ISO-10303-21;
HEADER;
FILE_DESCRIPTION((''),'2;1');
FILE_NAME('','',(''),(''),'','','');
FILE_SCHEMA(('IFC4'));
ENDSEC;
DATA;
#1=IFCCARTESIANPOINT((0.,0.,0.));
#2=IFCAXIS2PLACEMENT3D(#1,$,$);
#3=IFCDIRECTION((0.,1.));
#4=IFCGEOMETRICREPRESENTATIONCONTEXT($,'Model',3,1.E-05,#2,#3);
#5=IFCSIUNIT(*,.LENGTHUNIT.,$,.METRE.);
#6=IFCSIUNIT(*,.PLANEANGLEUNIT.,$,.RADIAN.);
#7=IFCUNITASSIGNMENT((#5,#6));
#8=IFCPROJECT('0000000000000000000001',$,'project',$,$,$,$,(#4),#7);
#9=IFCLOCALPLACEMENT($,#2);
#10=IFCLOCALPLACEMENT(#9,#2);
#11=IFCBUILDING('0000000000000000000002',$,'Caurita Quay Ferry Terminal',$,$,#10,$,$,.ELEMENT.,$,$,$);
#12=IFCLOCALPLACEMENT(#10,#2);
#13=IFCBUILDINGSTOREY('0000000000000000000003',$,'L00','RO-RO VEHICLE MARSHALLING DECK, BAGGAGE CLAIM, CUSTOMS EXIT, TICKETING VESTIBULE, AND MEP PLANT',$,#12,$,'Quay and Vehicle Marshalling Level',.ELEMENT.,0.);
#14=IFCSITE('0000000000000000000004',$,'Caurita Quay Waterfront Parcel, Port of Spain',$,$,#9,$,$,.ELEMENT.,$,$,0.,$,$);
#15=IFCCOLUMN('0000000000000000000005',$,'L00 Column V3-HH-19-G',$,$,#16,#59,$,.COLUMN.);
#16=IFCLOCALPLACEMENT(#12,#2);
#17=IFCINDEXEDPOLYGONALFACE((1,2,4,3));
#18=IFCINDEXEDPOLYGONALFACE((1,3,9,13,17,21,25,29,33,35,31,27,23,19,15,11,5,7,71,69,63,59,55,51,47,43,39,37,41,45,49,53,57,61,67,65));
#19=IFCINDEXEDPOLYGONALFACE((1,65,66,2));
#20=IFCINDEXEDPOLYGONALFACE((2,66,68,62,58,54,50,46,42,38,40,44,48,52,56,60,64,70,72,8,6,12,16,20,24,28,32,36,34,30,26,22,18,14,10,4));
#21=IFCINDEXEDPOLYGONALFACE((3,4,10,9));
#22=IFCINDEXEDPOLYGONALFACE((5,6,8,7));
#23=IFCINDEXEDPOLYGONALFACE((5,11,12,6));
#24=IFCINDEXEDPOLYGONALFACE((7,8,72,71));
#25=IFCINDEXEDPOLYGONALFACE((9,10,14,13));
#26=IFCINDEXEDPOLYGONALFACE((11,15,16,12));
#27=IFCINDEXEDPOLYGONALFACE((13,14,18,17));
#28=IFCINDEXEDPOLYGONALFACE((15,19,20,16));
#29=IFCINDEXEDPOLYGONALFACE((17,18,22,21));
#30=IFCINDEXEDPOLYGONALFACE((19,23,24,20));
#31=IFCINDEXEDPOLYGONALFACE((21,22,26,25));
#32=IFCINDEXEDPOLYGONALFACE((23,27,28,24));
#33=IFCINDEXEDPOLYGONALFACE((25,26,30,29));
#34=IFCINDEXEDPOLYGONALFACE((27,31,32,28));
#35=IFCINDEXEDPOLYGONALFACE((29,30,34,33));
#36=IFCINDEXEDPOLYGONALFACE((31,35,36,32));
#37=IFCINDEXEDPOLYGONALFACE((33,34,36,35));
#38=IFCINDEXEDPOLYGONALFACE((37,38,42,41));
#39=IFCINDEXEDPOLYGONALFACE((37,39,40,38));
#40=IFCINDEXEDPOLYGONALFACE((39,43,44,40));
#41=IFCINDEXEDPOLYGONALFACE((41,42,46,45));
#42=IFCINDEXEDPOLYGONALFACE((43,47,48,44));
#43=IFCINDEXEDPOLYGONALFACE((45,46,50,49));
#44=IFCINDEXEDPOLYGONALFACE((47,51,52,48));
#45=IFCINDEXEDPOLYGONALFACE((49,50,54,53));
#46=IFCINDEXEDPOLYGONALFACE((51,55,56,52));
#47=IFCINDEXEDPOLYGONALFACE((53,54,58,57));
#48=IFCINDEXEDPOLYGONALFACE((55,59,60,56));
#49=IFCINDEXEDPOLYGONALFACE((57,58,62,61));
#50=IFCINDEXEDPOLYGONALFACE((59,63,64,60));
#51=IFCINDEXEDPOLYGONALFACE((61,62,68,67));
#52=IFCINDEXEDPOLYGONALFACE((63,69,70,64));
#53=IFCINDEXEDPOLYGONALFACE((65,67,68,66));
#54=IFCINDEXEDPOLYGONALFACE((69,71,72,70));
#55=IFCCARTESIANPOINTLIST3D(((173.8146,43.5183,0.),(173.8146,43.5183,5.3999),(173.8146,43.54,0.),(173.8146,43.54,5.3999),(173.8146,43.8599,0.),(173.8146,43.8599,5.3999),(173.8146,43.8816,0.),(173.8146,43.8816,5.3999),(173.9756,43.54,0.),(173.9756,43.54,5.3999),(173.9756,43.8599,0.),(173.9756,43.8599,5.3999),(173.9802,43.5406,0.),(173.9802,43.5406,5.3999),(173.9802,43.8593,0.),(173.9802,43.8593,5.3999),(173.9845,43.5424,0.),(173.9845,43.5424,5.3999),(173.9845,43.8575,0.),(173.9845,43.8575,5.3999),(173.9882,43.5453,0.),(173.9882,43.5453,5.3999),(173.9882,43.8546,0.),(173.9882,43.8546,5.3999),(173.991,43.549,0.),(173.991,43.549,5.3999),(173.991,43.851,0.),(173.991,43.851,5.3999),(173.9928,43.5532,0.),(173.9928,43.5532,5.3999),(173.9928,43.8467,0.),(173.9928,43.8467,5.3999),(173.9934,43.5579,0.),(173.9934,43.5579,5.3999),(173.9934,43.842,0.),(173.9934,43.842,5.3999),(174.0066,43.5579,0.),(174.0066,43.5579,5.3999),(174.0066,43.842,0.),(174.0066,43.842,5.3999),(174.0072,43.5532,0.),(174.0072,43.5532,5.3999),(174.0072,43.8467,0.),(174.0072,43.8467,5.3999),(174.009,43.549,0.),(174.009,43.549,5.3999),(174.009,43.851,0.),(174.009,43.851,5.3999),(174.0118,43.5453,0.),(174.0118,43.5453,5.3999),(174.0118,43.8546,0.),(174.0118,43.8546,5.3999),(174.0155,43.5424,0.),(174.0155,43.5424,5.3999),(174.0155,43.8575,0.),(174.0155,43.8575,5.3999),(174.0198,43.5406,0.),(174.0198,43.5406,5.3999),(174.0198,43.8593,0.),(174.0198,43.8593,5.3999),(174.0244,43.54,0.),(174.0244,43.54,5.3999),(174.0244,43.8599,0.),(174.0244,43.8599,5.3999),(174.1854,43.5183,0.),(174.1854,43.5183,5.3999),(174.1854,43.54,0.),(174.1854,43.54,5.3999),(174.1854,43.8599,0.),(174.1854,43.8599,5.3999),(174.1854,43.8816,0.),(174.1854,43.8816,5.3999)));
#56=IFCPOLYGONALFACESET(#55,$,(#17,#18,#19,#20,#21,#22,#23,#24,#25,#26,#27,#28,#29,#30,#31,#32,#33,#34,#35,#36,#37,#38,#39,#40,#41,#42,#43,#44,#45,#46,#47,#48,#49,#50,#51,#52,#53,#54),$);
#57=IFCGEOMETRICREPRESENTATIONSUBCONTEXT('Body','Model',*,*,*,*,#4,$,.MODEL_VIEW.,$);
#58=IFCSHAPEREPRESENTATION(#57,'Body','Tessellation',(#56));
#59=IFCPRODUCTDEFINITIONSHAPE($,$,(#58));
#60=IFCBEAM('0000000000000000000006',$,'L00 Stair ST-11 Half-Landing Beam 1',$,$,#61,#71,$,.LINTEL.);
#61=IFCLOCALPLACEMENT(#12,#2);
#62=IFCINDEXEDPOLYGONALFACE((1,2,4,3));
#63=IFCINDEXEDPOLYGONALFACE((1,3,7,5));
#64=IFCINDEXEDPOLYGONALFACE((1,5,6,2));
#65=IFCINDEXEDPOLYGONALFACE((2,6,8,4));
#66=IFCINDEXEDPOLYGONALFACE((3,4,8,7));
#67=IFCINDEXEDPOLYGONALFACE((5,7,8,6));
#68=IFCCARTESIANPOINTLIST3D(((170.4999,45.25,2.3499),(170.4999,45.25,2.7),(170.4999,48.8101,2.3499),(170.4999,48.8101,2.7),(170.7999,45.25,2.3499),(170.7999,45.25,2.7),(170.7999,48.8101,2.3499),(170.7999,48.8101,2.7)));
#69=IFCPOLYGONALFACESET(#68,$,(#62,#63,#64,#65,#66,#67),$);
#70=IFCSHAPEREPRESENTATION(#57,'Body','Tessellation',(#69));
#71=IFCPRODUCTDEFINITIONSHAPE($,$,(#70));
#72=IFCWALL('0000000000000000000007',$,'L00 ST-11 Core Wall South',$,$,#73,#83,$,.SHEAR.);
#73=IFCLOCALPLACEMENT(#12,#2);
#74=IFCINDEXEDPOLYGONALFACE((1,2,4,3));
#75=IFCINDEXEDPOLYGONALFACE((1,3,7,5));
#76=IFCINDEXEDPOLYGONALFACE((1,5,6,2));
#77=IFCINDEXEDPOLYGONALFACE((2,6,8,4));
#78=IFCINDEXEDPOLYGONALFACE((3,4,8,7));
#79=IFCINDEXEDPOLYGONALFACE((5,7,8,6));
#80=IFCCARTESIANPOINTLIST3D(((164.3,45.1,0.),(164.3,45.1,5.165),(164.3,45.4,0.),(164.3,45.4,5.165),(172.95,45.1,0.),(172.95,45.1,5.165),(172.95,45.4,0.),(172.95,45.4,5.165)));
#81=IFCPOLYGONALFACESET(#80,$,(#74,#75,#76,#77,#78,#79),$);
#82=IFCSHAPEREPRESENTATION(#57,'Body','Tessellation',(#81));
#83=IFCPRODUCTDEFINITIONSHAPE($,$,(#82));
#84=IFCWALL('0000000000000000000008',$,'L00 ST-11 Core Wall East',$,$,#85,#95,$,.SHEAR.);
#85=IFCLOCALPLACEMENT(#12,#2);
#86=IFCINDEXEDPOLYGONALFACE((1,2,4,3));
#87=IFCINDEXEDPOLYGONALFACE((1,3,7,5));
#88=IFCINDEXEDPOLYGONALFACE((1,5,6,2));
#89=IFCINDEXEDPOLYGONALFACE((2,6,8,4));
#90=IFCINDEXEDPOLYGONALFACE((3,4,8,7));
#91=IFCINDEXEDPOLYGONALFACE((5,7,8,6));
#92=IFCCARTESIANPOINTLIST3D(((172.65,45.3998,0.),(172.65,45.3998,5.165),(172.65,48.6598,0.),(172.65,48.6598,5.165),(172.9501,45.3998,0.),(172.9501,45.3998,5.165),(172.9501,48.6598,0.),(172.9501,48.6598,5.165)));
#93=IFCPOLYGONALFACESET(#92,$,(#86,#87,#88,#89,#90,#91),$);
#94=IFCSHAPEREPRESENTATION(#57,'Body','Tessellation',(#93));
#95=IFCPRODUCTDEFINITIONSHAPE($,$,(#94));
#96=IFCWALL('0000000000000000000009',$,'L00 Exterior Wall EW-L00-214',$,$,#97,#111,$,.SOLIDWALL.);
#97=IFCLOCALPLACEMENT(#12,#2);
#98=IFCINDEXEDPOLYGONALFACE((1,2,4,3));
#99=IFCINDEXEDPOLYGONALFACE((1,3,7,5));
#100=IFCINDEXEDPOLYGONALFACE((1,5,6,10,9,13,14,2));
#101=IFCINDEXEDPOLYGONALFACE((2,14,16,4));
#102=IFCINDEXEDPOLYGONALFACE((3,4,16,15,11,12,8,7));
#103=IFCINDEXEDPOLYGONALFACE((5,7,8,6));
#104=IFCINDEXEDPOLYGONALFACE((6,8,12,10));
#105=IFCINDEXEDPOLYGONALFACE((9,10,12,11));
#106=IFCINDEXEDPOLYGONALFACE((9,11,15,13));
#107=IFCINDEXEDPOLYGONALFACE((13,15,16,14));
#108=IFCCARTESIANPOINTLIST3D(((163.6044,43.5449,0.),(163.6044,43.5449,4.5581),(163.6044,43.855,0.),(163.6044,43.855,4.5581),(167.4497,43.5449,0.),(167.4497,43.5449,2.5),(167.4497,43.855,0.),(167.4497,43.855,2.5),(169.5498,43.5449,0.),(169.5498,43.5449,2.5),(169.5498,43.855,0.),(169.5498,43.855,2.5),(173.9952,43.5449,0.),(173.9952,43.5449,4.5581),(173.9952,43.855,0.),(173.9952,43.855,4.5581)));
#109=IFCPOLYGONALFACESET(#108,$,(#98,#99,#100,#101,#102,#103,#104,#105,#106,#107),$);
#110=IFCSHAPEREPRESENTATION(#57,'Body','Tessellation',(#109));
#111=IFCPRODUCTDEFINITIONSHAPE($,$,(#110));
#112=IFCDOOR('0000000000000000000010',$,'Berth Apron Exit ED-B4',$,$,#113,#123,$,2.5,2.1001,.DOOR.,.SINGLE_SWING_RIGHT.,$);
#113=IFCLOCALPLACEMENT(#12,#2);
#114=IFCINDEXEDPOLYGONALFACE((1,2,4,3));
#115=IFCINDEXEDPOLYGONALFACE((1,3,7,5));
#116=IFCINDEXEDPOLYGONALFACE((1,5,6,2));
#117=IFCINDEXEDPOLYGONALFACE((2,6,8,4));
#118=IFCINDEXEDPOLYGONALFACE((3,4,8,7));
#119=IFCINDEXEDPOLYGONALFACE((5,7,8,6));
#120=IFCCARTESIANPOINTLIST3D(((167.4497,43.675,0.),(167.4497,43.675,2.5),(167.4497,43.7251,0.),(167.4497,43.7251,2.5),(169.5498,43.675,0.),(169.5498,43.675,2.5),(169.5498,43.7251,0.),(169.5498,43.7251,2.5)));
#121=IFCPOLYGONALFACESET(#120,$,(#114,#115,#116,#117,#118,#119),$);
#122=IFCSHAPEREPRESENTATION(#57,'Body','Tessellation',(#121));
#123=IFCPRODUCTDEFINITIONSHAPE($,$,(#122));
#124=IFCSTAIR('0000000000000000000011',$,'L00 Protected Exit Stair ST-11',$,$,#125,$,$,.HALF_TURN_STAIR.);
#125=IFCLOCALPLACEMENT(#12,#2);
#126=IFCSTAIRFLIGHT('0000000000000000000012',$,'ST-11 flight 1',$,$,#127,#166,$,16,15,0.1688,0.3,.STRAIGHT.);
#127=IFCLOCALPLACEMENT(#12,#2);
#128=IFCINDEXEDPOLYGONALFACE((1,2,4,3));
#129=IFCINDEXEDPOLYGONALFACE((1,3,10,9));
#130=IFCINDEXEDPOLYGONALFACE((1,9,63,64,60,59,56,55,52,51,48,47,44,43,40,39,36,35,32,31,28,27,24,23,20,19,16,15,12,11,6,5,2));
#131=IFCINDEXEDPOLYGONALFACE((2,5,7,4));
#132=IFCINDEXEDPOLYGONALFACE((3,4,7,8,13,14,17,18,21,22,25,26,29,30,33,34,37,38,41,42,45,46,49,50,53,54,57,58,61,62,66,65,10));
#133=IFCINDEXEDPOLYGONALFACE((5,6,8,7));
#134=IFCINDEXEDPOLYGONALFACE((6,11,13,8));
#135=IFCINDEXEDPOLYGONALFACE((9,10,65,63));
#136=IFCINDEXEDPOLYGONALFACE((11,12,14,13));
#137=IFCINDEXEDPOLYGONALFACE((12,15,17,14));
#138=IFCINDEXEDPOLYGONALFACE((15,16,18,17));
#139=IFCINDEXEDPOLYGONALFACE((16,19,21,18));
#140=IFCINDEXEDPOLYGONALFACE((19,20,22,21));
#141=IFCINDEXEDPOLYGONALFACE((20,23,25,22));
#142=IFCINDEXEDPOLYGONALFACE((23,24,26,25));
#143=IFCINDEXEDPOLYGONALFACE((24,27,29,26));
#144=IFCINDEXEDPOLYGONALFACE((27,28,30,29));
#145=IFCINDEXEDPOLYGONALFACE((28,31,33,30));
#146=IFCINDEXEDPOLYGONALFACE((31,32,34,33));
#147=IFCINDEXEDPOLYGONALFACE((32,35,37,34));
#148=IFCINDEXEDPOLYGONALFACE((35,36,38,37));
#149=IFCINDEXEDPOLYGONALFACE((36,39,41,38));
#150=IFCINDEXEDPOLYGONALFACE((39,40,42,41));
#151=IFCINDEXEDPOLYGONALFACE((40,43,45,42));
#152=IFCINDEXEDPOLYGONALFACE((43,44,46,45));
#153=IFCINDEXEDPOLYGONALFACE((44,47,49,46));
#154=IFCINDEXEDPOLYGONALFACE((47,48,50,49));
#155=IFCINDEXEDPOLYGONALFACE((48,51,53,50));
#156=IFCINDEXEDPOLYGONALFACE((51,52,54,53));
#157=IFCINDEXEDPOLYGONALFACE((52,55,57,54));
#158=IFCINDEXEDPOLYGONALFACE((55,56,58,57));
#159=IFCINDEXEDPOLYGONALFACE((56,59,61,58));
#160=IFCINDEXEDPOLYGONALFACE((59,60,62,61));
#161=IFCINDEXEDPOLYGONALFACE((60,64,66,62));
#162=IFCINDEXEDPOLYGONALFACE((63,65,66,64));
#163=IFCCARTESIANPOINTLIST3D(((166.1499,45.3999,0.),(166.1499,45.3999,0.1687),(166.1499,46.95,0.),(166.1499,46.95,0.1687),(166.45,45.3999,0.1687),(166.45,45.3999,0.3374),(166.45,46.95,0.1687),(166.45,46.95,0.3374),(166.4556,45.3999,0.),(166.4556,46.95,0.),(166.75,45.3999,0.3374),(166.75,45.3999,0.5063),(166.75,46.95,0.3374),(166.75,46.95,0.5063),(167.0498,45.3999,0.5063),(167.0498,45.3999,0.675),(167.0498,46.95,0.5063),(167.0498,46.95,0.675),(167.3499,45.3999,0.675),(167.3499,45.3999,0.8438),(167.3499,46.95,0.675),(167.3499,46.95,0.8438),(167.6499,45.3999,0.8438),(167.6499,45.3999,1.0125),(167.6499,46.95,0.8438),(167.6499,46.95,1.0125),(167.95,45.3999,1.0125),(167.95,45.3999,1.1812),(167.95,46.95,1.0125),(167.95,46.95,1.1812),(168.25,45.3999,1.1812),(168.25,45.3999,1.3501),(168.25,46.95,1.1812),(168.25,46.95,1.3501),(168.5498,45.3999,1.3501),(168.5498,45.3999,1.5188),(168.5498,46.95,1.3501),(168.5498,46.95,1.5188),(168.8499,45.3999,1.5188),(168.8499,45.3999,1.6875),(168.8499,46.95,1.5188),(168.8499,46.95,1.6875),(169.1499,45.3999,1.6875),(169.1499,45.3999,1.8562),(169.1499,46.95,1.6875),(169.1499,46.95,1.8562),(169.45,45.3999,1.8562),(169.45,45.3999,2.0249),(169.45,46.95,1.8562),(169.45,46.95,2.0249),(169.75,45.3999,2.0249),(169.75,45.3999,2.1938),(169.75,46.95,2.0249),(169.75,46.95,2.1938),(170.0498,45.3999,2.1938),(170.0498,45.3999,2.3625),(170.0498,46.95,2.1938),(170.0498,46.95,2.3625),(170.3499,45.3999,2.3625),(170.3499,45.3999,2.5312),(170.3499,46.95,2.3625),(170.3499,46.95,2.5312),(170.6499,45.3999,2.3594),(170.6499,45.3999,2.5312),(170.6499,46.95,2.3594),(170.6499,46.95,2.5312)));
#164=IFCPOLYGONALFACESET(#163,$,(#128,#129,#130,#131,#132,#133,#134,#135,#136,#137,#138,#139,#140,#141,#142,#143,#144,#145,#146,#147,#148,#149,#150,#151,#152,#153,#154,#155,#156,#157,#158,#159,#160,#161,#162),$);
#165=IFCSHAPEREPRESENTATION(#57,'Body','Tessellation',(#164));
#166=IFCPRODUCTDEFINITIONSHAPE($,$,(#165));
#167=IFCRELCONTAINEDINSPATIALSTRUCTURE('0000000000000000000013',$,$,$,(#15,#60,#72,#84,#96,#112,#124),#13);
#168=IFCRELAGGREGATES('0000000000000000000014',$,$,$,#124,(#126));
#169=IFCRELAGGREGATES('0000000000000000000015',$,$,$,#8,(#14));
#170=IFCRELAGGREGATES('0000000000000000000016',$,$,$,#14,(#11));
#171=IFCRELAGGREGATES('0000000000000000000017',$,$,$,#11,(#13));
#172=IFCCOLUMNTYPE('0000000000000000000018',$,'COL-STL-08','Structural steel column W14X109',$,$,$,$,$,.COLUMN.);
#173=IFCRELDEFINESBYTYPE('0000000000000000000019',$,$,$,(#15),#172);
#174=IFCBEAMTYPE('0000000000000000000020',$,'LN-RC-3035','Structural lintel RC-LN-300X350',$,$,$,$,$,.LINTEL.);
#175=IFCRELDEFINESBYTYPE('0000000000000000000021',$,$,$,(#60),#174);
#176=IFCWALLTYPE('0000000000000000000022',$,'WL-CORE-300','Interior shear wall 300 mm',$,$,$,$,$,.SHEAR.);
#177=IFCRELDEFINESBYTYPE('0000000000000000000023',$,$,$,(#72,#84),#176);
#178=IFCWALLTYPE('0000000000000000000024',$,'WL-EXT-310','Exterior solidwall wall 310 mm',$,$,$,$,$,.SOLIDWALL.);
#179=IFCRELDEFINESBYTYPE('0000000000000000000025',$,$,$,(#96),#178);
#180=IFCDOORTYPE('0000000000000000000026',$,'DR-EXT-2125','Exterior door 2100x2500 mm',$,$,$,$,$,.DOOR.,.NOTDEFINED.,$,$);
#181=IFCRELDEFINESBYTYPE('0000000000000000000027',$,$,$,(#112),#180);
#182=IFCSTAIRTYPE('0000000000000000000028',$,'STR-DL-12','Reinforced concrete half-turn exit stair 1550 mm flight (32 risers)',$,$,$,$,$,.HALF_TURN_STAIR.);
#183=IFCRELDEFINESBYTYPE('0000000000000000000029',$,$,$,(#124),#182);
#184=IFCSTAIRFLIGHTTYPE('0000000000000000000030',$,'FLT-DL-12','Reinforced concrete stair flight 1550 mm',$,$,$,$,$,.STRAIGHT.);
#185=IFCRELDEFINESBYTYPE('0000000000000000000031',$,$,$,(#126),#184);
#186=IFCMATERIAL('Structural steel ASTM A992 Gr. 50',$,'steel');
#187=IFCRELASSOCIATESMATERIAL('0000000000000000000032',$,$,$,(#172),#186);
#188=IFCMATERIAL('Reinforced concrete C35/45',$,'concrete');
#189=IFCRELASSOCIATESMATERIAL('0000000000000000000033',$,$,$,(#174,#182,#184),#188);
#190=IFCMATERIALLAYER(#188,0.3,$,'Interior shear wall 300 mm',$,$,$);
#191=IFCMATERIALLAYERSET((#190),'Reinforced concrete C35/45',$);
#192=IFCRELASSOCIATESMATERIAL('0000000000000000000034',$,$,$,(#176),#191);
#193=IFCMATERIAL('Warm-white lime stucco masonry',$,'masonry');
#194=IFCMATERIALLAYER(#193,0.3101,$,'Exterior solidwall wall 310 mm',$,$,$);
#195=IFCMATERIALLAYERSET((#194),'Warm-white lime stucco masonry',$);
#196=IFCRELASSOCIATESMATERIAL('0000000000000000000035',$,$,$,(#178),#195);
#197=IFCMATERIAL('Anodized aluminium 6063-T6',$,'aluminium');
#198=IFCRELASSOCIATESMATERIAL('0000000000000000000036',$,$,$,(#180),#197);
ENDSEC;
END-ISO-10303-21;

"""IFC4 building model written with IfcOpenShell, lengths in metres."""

from ifc_helpers import new_model, si_unit, direction, frame, frame_2d, origin, origin_2d, place, context, subcontext, project, spatial, polyline, rectangle, i_section, outline, extrude, material, layer, layer_set, material_profile, profile_set, type_object, element, fill, aggregate, save


model = new_model("IFC4")

# Units and contexts
model_context = context("Model", 3, precision=1e-05, world=origin(), true_north=direction((0.0, 1.0)))
body_context = subcontext(model_context, "Body", "Model", "MODEL_VIEW")
ifc_project = project(units=[si_unit("LENGTHUNIT", "METRE"), si_unit("PLANEANGLEUNIT", "RADIAN")], contexts=[model_context])

# Site, building, storey
site_placement = place(None, origin())
site = spatial("IfcSite", under=ifc_project, at=site_placement, Name="Caurita Quay Waterfront Parcel, Port of Spain", CompositionType="ELEMENT", RefElevation=0.0)
building_placement = place(site_placement, origin())
building = spatial("IfcBuilding", under=site, at=building_placement, Name="Caurita Quay Ferry Terminal", CompositionType="ELEMENT")
storey_placement = place(building_placement, origin())
storey = spatial("IfcBuildingStorey", under=building, at=storey_placement, Name="L00", Description="RO-RO VEHICLE MARSHALLING DECK, BAGGAGE CLAIM, CUSTOMS EXIT, TICKETING VESTIBULE, AND MEP PLANT", LongName="Quay and Vehicle Marshalling Level", CompositionType="ELEMENT", Elevation=0.0)

# Column
ifc_material_1 = material(Name="Structural steel ASTM A992 Gr. 50", Category="steel")
ifc_material_profile_1 = material_profile(ifc_material_1, i_section(OverallWidth=0.3708, OverallDepth=0.3633, WebThickness=0.0132, FlangeThickness=0.0217, FilletRadius=0.0178, at=origin_2d()), Name="W14X109")
ifc_profile_set_1 = profile_set([ifc_material_profile_1], Name="Structural steel ASTM A992 Gr. 50")
column_type = type_object("IfcColumnType", Name="COL-STL-08", Description="Structural steel column W14X109", PredefinedType="COLUMN", material=ifc_profile_set_1)
column_placement = place(storey_placement, frame((174.0, 43.7, 0.0), z_axis=(0.0, 0.0, 1.0), x_axis=(1.0, 0.0, 0.0)))
element("IfcColumn", 1, at=column_placement, inside=storey, type_object=column_type, Name="L00 Column V3-HH-19-G", PredefinedType="COLUMN", context=body_context, shape_type="SweptSolid", body=[
    extrude(i_section(OverallWidth=0.3708, OverallDepth=0.3633, WebThickness=0.0132, FlangeThickness=0.0217, FilletRadius=0.0178, at=origin_2d()), origin(), (0.0, 0.0, 1.0), 5.3999),
])

# Beam
ifc_material_2 = material(Name="Reinforced concrete C35/45", Category="concrete")
ifc_material_profile_2 = material_profile(ifc_material_2, rectangle(XDim=0.3, YDim=0.3501, at=origin_2d()), Name="RC-LN-300X350")
ifc_profile_set_2 = profile_set([ifc_material_profile_2], Name="Reinforced concrete C35/45")
beam_type = type_object("IfcBeamType", Name="LN-RC-3035", Description="Structural lintel RC-LN-300X350", PredefinedType="LINTEL", material=ifc_profile_set_2)
beam_placement = place(storey_placement, frame((170.6499, 45.25, 2.5249), z_axis=(0.0, 1.0, 0.0), x_axis=(-1.0, 0.0, 0.0)))
element("IfcBeam", 2, at=beam_placement, inside=storey, type_object=beam_type, Name="L00 Stair ST-11 Half-Landing Beam 1", PredefinedType="LINTEL", context=body_context, shape_type="SweptSolid", body=[
    extrude(rectangle(XDim=0.3, YDim=0.3501, at=origin_2d()), origin(), (0.0, 0.0, 1.0), 3.5601),
])

# Walls
ifc_layer_1 = layer(ifc_material_2, 0.3, Name="Interior shear wall 300 mm")
ifc_layer_set_1 = layer_set([ifc_layer_1], Name="Reinforced concrete C35/45")
wall_type_1 = type_object("IfcWallType", Name="WL-CORE-300", Description="Interior shear wall 300 mm", PredefinedType="SHEAR", material=ifc_layer_set_1)
wall_1_placement = place(storey_placement, frame((164.3, 45.25, 0.0), z_axis=(0.0, 0.0, 1.0), x_axis=(1.0, 0.0, 0.0)))
element("IfcWall", 3, at=wall_1_placement, inside=storey, type_object=wall_type_1, Name="L00 ST-11 Core Wall South", PredefinedType="SHEAR", context=body_context, shape_type="SweptSolid", body=[
    extrude(rectangle(XDim=8.6499, YDim=0.3, at=frame_2d((4.325, 0.0))), origin(), (0.0, 0.0, 1.0), 5.165),
])
wall_2_placement = place(storey_placement, frame((172.8, 45.3999, 0.0), z_axis=(0.0, 0.0, 1.0), x_axis=(0.0, 1.0, 0.0)))
element("IfcWall", 4, at=wall_2_placement, inside=storey, type_object=wall_type_1, Name="L00 ST-11 Core Wall East", PredefinedType="SHEAR", context=body_context, shape_type="SweptSolid", body=[
    extrude(rectangle(XDim=3.26, YDim=0.3, at=frame_2d((1.6299, 0.0))), origin(), (0.0, 0.0, 1.0), 5.165),
])

# Wall, opening, door
ifc_material_3 = material(Name="Warm-white lime stucco masonry", Category="masonry")
ifc_layer_2 = layer(ifc_material_3, 0.3101, Name="Exterior solidwall wall 310 mm")
ifc_layer_set_2 = layer_set([ifc_layer_2], Name="Warm-white lime stucco masonry")
wall_type_2 = type_object("IfcWallType", Name="WL-EXT-310", Description="Exterior solidwall wall 310 mm", PredefinedType="SOLIDWALL", material=ifc_layer_set_2)
wall_3_placement = place(storey_placement, frame((163.6045, 43.7, 0.0), z_axis=(0.0, 0.0, 1.0), x_axis=(1.0, 0.0, 0.0)))
wall_3 = element("IfcWall", 5, at=wall_3_placement, inside=storey, type_object=wall_type_2, Name="L00 Exterior Wall EW-L00-214", PredefinedType="SOLIDWALL", context=body_context, shape_type="SweptSolid", body=[
    extrude(rectangle(XDim=10.3909, YDim=0.3101, at=frame_2d((5.1953, 0.0))), origin(), (0.0, 0.0, 1.0), 4.5581),
])
opening_placement = place(wall_3_placement, frame((3.8452, 0.0, 0.0)))
opening = element("IfcOpeningElement", 6, at=opening_placement, cuts=wall_3, PredefinedType="OPENING", context=body_context, shape_type="SweptSolid", body=[
    extrude(rectangle(XDim=2.1001, YDim=2.5, at=frame_2d((1.05, 1.25))), frame((0.0, 0.165, 0.0), z_axis=(0.0, -1.0, 0.0), x_axis=(1.0, 0.0, 0.0)), (0.0, 0.0, 1.0), 0.3301),
])
ifc_material_4 = material(Name="Anodized aluminium 6063-T6", Category="aluminium")
door_type = type_object("IfcDoorType", Name="DR-EXT-2125", Description="Exterior door 2100x2500 mm", OperationType="NOTDEFINED", PredefinedType="DOOR", material=ifc_material_4)
door_placement = place(opening_placement, frame((2.1001, 0.0, 0.0), z_axis=(0.0, 0.0, 1.0), x_axis=(-1.0, 0.0, 0.0)))
door = element("IfcDoor", 7, at=door_placement, inside=storey, type_object=door_type, Name="Berth Apron Exit ED-B4", OperationType="SINGLE_SWING_RIGHT", OverallHeight=2.5, OverallWidth=2.1001, PredefinedType="DOOR", context=body_context, shape_type="SweptSolid", body=[
    extrude(rectangle(XDim=2.1001, YDim=2.5, at=frame_2d((1.05, 1.25))), frame((0.0, 0.0249, 0.0), z_axis=(0.0, -1.0, 0.0), x_axis=(1.0, 0.0, 0.0)), (0.0, 0.0, 1.0), 0.05),
])
fill(opening, door)

# Stair, stair flight
stair_type = type_object("IfcStairType", Name="STR-DL-12", Description="Reinforced concrete half-turn exit stair 1550 mm flight (32 risers)", PredefinedType="HALF_TURN_STAIR", material=ifc_material_2)
stair_placement = place(storey_placement, origin())
stair = element("IfcStair", 8, at=stair_placement, inside=storey, type_object=stair_type, Name="L00 Protected Exit Stair ST-11", PredefinedType="HALF_TURN_STAIR")
stair_flight_type = type_object("IfcStairFlightType", Name="FLT-DL-12", Description="Reinforced concrete stair flight 1550 mm", PredefinedType="STRAIGHT", material=ifc_material_2)
stair_flight_1_placement = place(storey_placement, frame((166.1499, 46.175, 0.0), z_axis=(0.0, 0.0, 1.0), x_axis=(1.0, 0.0, 0.0)))
stair_flight_1 = element("IfcStairFlight", 9, at=stair_flight_1_placement, type_object=stair_flight_type, Name="ST-11 flight 1", NumberOfRisers=16, NumberOfTreads=15, PredefinedType="STRAIGHT", RiserHeight=0.1688, TreadLength=0.3, context=body_context, shape_type="SweptSolid", body=[
    extrude(outline(polyline([(0.0, 0.0), (0.0, 0.1687), (0.3, 0.1687), (0.3, 0.3374), (0.6001, 0.3374), (0.6001, 0.5063), (0.8999, 0.5063), (0.8999, 0.675), (1.2, 0.675), (1.2, 0.8438), (1.5, 0.8438), (1.5, 1.0125), (1.8, 1.0125), (1.8, 1.1812), (2.1001, 1.1812), (2.1001, 1.3501), (2.3999, 1.3501), (2.3999, 1.5188), (2.7, 1.5188), (2.7, 1.6875), (3.0, 1.6875), (3.0, 1.8562), (3.3, 1.8562), (3.3, 2.0249), (3.6001, 2.0249), (3.6001, 2.1938), (3.8999, 2.1938), (3.8999, 2.3625), (4.2, 2.3625), (4.2, 2.5312), (4.5, 2.5312), (4.5, 2.7), (4.5, 2.3594), (0.3057, 0.0), (0.0, 0.0)])), frame((0.0, 0.7749, 0.0), z_axis=(0.0, -1.0, 0.0), x_axis=(1.0, 0.0, 0.0)), (0.0, 0.0, 1.0), 1.55),
])
aggregate(stair, [stair_flight_1])

save(model, "model.ifc")
